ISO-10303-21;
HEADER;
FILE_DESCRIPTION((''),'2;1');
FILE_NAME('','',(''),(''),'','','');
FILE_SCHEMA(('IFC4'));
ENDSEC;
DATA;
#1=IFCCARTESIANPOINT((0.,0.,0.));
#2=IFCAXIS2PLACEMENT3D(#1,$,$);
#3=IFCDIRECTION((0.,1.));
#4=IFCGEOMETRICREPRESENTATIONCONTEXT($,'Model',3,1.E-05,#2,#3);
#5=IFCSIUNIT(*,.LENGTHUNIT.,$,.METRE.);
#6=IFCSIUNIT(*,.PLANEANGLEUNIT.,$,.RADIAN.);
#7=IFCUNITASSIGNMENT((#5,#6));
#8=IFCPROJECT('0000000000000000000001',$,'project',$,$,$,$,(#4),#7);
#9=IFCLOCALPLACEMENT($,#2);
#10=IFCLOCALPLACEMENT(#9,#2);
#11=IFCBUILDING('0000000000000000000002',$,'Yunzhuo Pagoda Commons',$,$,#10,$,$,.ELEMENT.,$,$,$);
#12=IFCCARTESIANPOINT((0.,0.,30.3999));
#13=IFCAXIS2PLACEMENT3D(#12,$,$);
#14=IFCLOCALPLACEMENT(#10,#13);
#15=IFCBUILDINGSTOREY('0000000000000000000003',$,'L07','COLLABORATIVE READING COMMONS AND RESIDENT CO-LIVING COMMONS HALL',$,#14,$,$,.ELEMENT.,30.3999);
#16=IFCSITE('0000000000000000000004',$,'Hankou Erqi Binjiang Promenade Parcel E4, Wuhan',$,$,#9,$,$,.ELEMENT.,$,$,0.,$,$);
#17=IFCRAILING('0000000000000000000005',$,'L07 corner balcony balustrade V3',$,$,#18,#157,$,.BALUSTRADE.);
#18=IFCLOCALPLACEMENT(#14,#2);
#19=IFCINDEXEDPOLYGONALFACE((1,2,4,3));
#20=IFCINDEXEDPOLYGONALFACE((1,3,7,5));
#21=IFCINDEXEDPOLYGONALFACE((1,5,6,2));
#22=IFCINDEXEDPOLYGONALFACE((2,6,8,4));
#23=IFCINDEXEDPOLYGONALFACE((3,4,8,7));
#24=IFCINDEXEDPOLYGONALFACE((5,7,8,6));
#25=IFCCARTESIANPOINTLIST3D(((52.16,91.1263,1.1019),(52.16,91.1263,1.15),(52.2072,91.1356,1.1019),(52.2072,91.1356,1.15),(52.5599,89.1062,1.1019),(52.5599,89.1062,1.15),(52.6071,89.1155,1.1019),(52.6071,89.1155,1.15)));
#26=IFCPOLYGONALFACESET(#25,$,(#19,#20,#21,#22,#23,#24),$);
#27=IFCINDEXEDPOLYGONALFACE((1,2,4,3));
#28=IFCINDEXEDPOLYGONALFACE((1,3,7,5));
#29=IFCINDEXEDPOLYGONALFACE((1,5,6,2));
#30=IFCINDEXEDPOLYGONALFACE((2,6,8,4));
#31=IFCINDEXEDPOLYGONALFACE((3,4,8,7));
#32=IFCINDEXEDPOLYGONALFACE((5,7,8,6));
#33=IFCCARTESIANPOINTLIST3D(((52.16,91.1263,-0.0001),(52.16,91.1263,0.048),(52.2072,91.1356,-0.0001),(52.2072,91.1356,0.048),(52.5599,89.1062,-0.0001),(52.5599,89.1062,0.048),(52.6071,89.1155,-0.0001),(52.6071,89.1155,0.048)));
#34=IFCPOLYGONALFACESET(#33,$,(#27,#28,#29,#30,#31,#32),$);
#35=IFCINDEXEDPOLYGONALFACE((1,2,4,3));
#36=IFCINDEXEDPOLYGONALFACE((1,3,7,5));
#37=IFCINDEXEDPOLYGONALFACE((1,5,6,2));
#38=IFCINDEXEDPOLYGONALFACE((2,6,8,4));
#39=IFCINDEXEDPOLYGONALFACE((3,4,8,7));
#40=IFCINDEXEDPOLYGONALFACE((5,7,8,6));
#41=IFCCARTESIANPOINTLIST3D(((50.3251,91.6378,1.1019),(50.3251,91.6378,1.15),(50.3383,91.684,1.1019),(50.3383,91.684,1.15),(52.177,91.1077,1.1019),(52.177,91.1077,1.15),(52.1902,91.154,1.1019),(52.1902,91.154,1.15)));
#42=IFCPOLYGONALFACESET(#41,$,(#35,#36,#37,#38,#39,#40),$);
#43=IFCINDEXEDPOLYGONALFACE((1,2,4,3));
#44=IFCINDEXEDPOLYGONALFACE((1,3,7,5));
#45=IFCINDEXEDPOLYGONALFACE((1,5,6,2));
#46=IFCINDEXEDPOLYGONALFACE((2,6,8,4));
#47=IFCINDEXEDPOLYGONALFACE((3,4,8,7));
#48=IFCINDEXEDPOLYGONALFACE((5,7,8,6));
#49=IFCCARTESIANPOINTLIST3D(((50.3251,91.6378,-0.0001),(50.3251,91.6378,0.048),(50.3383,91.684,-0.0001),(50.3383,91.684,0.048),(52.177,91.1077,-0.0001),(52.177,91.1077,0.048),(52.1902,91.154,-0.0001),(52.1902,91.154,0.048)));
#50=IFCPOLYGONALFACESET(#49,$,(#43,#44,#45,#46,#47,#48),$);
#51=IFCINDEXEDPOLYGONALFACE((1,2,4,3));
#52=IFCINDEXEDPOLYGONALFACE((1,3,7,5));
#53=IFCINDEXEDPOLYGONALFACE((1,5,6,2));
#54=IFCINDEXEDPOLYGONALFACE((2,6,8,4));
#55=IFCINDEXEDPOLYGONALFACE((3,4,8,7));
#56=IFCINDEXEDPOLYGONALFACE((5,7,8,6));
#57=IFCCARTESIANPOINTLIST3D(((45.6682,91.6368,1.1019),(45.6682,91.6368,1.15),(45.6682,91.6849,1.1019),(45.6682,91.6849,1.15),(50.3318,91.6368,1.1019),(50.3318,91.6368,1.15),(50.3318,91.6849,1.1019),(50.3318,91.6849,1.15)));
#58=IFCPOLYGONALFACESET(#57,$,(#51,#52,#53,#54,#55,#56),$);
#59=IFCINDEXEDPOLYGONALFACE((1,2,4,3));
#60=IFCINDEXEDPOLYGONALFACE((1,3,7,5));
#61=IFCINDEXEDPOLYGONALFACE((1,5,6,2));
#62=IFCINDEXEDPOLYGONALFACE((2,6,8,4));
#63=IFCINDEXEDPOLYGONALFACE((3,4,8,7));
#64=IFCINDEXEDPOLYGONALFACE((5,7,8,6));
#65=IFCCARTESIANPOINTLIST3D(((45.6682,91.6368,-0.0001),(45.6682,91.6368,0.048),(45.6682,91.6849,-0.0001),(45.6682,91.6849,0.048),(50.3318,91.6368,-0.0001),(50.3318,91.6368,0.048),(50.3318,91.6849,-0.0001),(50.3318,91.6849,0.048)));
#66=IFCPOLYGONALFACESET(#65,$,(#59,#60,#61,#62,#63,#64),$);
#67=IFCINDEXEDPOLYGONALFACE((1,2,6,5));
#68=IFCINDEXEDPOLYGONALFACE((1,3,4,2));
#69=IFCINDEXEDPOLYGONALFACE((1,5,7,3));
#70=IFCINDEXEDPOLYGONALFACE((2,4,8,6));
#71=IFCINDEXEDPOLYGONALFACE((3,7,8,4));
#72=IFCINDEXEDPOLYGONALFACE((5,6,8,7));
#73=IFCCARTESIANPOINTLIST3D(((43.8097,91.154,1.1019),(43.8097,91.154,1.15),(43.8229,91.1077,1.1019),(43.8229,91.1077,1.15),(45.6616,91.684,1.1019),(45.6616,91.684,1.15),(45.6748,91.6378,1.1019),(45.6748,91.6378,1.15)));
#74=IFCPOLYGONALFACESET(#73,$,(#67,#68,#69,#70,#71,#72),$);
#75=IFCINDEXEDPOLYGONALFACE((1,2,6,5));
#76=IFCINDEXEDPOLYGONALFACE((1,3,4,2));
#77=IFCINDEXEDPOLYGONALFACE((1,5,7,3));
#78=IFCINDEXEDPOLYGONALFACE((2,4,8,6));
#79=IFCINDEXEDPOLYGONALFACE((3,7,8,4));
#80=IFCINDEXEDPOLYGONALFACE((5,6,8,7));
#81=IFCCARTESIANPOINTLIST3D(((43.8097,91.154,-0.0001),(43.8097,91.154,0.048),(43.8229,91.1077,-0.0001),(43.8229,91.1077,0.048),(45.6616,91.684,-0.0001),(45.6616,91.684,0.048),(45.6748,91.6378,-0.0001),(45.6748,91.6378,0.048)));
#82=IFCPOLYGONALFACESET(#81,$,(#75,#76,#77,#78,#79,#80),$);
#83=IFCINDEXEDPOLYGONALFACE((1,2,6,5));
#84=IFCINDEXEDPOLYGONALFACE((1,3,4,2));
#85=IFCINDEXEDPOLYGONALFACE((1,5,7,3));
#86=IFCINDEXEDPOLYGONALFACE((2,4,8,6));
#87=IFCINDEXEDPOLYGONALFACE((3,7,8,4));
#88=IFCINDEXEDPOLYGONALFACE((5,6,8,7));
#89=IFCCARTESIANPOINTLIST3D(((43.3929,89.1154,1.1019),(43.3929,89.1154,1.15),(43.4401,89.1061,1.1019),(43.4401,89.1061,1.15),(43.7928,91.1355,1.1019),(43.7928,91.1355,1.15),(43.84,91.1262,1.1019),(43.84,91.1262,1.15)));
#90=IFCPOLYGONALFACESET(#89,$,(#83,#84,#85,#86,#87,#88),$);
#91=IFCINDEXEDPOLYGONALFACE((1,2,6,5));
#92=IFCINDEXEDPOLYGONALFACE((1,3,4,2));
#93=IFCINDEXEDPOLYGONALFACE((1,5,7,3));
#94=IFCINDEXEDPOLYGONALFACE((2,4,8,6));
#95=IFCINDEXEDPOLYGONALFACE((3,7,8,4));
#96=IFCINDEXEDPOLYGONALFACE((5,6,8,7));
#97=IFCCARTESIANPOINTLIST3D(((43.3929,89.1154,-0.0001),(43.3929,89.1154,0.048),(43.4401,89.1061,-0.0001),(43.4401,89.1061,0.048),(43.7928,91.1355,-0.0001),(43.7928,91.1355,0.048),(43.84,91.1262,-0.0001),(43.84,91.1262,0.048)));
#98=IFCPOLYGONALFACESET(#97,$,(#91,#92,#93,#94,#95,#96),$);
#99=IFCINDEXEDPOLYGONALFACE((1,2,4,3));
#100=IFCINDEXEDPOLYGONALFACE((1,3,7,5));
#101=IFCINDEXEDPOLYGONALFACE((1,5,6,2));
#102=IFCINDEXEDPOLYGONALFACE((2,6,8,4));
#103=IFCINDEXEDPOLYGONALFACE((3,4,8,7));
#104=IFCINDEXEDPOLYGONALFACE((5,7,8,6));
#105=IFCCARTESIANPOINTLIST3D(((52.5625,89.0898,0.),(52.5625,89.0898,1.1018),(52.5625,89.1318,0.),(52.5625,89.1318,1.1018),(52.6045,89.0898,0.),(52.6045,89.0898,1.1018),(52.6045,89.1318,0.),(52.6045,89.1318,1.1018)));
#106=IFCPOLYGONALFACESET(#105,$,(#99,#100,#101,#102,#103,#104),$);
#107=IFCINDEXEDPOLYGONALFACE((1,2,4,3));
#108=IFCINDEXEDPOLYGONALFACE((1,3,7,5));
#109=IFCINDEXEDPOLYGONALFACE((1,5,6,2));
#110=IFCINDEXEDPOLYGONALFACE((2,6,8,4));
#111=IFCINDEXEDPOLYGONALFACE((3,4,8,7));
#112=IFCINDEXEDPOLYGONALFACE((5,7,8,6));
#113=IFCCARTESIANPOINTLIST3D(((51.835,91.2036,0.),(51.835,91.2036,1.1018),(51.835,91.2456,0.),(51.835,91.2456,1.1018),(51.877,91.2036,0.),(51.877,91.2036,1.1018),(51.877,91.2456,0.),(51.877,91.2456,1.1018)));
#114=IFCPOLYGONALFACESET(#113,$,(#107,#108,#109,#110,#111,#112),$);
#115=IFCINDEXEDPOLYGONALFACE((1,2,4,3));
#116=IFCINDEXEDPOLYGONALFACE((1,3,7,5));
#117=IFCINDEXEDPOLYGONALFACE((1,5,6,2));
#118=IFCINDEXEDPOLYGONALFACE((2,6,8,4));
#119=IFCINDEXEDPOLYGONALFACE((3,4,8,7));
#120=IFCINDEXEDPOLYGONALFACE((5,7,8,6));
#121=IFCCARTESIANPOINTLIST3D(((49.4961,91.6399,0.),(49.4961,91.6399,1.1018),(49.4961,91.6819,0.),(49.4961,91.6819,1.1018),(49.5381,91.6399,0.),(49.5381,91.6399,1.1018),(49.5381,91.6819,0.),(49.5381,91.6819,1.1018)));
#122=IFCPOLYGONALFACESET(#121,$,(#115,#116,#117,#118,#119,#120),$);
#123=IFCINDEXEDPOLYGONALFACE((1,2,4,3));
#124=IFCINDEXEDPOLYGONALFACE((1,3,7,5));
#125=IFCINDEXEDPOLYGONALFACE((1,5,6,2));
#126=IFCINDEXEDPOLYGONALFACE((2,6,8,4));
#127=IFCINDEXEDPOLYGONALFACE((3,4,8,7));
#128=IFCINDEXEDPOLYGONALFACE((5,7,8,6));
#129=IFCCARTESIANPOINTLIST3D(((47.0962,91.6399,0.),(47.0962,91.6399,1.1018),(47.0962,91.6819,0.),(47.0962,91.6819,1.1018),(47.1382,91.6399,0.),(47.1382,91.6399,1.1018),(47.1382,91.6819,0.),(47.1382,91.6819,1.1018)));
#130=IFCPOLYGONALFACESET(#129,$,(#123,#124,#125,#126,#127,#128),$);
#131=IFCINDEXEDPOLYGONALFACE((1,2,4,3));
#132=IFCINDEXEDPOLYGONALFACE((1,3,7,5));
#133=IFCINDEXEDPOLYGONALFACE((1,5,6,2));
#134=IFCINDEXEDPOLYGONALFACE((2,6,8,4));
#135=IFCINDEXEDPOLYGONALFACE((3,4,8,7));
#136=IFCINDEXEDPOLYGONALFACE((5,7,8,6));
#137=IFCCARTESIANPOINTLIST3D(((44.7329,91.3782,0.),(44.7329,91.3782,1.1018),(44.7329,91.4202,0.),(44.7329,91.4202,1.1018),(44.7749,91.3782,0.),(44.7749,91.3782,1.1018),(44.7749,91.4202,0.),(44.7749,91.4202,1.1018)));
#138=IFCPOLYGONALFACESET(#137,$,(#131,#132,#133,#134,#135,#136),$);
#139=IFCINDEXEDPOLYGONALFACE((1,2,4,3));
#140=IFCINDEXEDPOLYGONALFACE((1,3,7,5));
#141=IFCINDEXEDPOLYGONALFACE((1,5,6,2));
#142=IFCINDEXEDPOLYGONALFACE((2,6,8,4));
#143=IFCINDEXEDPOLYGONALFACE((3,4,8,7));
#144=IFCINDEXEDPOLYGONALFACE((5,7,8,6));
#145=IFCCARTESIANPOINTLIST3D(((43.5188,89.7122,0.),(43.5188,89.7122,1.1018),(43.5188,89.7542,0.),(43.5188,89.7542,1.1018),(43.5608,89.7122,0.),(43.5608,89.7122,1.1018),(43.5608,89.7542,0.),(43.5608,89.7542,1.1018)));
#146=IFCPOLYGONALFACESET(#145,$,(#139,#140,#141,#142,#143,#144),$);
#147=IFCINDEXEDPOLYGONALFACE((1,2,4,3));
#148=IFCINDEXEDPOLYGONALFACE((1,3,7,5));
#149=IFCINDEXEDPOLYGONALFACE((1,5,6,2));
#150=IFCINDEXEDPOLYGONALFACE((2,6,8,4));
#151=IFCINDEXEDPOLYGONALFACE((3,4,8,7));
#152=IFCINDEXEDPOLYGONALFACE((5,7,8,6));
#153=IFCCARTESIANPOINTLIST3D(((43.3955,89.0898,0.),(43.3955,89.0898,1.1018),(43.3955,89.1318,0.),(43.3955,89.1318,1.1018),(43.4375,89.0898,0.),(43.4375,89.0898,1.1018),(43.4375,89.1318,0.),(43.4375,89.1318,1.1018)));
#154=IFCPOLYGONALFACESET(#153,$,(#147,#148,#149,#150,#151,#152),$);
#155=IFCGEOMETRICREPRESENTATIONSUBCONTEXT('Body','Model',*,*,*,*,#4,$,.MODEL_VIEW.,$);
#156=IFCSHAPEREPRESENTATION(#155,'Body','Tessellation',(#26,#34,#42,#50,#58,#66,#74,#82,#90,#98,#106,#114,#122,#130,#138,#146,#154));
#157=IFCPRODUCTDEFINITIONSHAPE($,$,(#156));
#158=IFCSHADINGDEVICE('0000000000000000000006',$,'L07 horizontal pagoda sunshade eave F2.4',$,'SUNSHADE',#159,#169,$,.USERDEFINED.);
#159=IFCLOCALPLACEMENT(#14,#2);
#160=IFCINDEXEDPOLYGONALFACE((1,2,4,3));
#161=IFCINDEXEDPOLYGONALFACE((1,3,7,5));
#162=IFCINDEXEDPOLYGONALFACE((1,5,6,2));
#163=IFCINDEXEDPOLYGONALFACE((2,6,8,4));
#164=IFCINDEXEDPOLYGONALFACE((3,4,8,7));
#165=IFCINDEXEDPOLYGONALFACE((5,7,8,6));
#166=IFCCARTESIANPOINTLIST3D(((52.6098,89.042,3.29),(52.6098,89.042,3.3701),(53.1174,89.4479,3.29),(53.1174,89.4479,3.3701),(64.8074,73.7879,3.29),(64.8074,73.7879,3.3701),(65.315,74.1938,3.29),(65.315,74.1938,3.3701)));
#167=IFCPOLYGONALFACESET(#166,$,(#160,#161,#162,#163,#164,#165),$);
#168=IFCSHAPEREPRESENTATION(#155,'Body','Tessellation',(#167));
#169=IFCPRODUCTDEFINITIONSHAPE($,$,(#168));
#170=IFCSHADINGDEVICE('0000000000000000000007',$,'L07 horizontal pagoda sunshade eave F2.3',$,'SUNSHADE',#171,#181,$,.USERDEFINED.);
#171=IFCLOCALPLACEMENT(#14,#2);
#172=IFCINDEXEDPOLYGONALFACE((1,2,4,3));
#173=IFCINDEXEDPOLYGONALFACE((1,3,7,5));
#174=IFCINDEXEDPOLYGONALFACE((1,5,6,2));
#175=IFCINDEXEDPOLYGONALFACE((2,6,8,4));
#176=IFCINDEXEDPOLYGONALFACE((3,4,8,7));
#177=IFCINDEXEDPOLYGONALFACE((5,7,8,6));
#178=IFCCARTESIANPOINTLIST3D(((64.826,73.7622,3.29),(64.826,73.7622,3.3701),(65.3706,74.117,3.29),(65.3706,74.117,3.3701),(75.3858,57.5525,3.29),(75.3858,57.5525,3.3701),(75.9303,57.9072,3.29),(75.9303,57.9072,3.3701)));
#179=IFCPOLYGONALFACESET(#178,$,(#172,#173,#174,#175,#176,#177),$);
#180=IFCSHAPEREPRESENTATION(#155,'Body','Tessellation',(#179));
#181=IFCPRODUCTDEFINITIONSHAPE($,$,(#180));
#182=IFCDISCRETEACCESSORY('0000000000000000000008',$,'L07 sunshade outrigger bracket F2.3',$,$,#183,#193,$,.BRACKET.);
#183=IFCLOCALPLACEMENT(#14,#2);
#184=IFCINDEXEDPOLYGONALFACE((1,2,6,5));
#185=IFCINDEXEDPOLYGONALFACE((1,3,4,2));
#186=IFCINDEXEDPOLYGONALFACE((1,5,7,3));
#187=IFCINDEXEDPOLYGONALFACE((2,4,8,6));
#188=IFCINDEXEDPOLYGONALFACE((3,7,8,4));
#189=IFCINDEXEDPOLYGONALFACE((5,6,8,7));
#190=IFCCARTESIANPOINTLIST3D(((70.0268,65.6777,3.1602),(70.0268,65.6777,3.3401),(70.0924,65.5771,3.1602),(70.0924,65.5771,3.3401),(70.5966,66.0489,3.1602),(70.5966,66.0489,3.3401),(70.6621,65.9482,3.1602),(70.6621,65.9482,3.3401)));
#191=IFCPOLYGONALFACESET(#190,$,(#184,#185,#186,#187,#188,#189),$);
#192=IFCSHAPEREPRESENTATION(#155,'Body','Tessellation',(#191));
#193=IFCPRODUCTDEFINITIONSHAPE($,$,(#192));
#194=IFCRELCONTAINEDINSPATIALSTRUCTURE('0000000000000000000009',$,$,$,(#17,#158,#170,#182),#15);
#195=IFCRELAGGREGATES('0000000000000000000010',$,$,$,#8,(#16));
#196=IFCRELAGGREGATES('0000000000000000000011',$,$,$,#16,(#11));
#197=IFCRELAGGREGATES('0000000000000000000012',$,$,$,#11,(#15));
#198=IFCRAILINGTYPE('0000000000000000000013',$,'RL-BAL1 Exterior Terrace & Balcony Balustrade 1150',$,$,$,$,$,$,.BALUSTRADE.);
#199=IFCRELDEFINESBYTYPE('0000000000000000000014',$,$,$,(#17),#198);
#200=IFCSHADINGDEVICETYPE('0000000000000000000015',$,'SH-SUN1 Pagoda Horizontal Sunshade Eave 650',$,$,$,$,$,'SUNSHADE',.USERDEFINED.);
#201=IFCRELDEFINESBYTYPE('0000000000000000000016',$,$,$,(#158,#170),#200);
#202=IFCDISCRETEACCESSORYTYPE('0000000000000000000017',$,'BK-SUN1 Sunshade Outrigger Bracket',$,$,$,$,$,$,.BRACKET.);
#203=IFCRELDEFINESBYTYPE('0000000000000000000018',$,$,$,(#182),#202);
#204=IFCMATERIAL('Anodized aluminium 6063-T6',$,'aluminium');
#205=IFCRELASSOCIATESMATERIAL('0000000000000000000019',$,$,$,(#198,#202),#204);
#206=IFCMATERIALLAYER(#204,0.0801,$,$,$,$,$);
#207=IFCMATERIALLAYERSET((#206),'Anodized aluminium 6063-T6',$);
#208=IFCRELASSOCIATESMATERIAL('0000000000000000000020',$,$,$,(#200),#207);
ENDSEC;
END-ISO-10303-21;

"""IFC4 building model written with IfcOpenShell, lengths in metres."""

from ifc_helpers import new_model, si_unit, direction, frame, origin, origin_2d, place, context, subcontext, project, spatial, rectangle, extrude, source, transform, mapped, material, layer, layer_set, type_object, element, save


model = new_model("IFC4")

# Units and contexts
model_context = context("Model", 3, precision=1e-05, world=origin(), true_north=direction((0.0, 1.0)))
body_context = subcontext(model_context, "Body", "Model", "MODEL_VIEW")
ifc_project = project(units=[si_unit("LENGTHUNIT", "METRE"), si_unit("PLANEANGLEUNIT", "RADIAN")], contexts=[model_context])

# Site, building, storey
site_placement = place(None, origin())
site = spatial("IfcSite", under=ifc_project, at=site_placement, Name="Hankou Erqi Binjiang Promenade Parcel E4, Wuhan", CompositionType="ELEMENT", RefElevation=0.0)
building_placement = place(site_placement, origin())
building = spatial("IfcBuilding", under=site, at=building_placement, Name="Yunzhuo Pagoda Commons", CompositionType="ELEMENT")
storey_placement = place(building_placement, frame((0.0, 0.0, 30.3999)))
storey = spatial("IfcBuildingStorey", under=building, at=storey_placement, Name="L07", Description="COLLABORATIVE READING COMMONS AND RESIDENT CO-LIVING COMMONS HALL", CompositionType="ELEMENT", Elevation=30.3999)

# Shared definitions
ifc_material_1 = material(Name="Anodized aluminium 6063-T6", Category="aluminium")

# Railing
railing_type = type_object("IfcRailingType", Name="RL-BAL1 Exterior Terrace & Balcony Balustrade 1150", PredefinedType="BALUSTRADE", material=ifc_material_1)
railing_placement = place(storey_placement, frame((52.5835, 89.1108, 0.0)))
element("IfcRailing", 1, at=railing_placement, inside=storey, type_object=railing_type, Name="L07 corner balcony balustrade V3", PredefinedType="BALUSTRADE", context=body_context, shape_type="SweptSolid", body=[
    extrude(rectangle(XDim=0.0481, YDim=0.0481, at=origin_2d()), frame((0.0, 0.0, 1.126), z_axis=(-0.194201, 0.980962, 0.0), x_axis=(-0.980962, -0.194201, 0.0)), (0.0, 0.0, 1.0), 2.0593),
    extrude(rectangle(XDim=0.0481, YDim=0.0481, at=origin_2d()), frame((0.0, 0.0, 0.0239), z_axis=(-0.194201, 0.980962, 0.0), x_axis=(-0.980962, -0.194201, 0.0)), (0.0, 0.0, 1.0), 2.0593),
    extrude(rectangle(XDim=0.0481, YDim=0.0481, at=origin_2d()), frame((-0.3999, 2.02, 1.126), z_axis=(-0.961395, 0.275173, 0.0), x_axis=(-0.275173, -0.961395, 0.0)), (0.0, 0.0, 1.0), 1.9263),
    extrude(rectangle(XDim=0.0481, YDim=0.0481, at=origin_2d()), frame((-0.3999, 2.02, 0.0239), z_axis=(-0.961395, 0.275173, 0.0), x_axis=(-0.275173, -0.961395, 0.0)), (0.0, 0.0, 1.0), 1.9263),
    extrude(rectangle(XDim=0.0481, YDim=0.0481, at=origin_2d()), frame((-2.2517, 2.55, 1.126), z_axis=(-1.0, 0.0, 0.0), x_axis=(0.0, -1.0, 0.0)), (0.0, 0.0, 1.0), 4.6636),
    extrude(rectangle(XDim=0.0481, YDim=0.0481, at=origin_2d()), frame((-2.2517, 2.55, 0.0239), z_axis=(-1.0, 0.0, 0.0), x_axis=(0.0, -1.0, 0.0)), (0.0, 0.0, 1.0), 4.6636),
    extrude(rectangle(XDim=0.0481, YDim=0.0481, at=origin_2d()), frame((-6.9153, 2.55, 1.126), z_axis=(-0.961395, -0.275173, 0.0), x_axis=(0.275173, -0.961395, 0.0)), (0.0, 0.0, 1.0), 1.9263),
    extrude(rectangle(XDim=0.0481, YDim=0.0481, at=origin_2d()), frame((-6.9153, 2.55, 0.0239), z_axis=(-0.961395, -0.275173, 0.0), x_axis=(0.275173, -0.961395, 0.0)), (0.0, 0.0, 1.0), 1.9263),
    extrude(rectangle(XDim=0.0481, YDim=0.0481, at=origin_2d()), frame((-8.7671, 2.02, 1.126), z_axis=(-0.194201, -0.980962, 0.0), x_axis=(0.980962, -0.194201, 0.0)), (0.0, 0.0, 1.0), 2.0593),
    extrude(rectangle(XDim=0.0481, YDim=0.0481, at=origin_2d()), frame((-8.7671, 2.02, 0.0239), z_axis=(-0.194201, -0.980962, 0.0), x_axis=(0.980962, -0.194201, 0.0)), (0.0, 0.0, 1.0), 2.0593),
    extrude(rectangle(XDim=0.042, YDim=0.042, at=origin_2d()), origin(), (0.0, 0.0, 1.0), 1.1018),
    extrude(rectangle(XDim=0.042, YDim=0.042, at=origin_2d()), frame((-0.7275, 2.1138, 0.0)), (0.0, 0.0, 1.0), 1.1018),
    extrude(rectangle(XDim=0.042, YDim=0.042, at=origin_2d()), frame((-3.0664, 2.55, 0.0)), (0.0, 0.0, 1.0), 1.1018),
    extrude(rectangle(XDim=0.042, YDim=0.042, at=origin_2d()), frame((-5.4663, 2.55, 0.0)), (0.0, 0.0, 1.0), 1.1018),
    extrude(rectangle(XDim=0.042, YDim=0.042, at=origin_2d()), frame((-7.8296, 2.2883, 0.0)), (0.0, 0.0, 1.0), 1.1018),
    extrude(rectangle(XDim=0.042, YDim=0.042, at=origin_2d()), frame((-9.0437, 0.6223, 0.0)), (0.0, 0.0, 1.0), 1.1018),
    extrude(rectangle(XDim=0.042, YDim=0.042, at=origin_2d()), frame((-9.167, 0.0, 0.0)), (0.0, 0.0, 1.0), 1.1018),
])

# Shading devices
ifc_layer_1 = layer(ifc_material_1, 0.0801)
ifc_layer_set_1 = layer_set([ifc_layer_1], Name="Anodized aluminium 6063-T6")
shading_device_type = type_object("IfcShadingDeviceType", Name="SH-SUN1 Pagoda Horizontal Sunshade Eave 650", ElementType="SUNSHADE", PredefinedType="USERDEFINED", material=ifc_layer_set_1)
shared_shape_1 = source(origin(), body_context, "Body", "SweptSolid", [
    extrude(rectangle(XDim=19.5312, YDim=0.6499, at=origin_2d()), origin(), (0.0, 0.0, 1.0), 0.0801),
])
shading_device_1_placement = place(storey_placement, frame((58.9624, 81.6179, 3.29), z_axis=(0.0, 0.0, 1.0), x_axis=(-0.62452, 0.781008, 0.0)))
element("IfcShadingDevice", 2, at=shading_device_1_placement, inside=storey, type_object=shading_device_type, Name="L07 horizontal pagoda sunshade eave F2.4", ObjectType="SUNSHADE", PredefinedType="USERDEFINED", context=body_context, shape_type="MappedRepresentation", body=[
    mapped(shared_shape_1, transform((0.0, 0.0, 0.0), scale=1.0)),
])
shared_shape_2 = source(origin(), body_context, "Body", "SweptSolid", [
    extrude(rectangle(XDim=19.3459, YDim=0.6499, at=origin_2d()), origin(), (0.0, 0.0, 1.0), 0.0801),
])
shading_device_2_placement = place(storey_placement, frame((70.3782, 65.8347, 3.29), z_axis=(0.0, 0.0, 1.0), x_axis=(-0.545839, 0.83789, 0.0)))
element("IfcShadingDevice", 3, at=shading_device_2_placement, inside=storey, type_object=shading_device_type, Name="L07 horizontal pagoda sunshade eave F2.3", ObjectType="SUNSHADE", PredefinedType="USERDEFINED", context=body_context, shape_type="MappedRepresentation", body=[
    mapped(shared_shape_2, transform((0.0, 0.0, 0.0), scale=1.0)),
])

# Discrete accessory
discrete_accessory_type = type_object("IfcDiscreteAccessoryType", Name="BK-SUN1 Sunshade Outrigger Bracket", PredefinedType="BRACKET", material=ifc_material_1)
shared_shape_3 = source(origin(), body_context, "Body", "SweptSolid", [
    extrude(rectangle(XDim=0.1201, YDim=0.6799, at=origin_2d()), origin(), (0.0, 0.0, 1.0), 0.1799),
])
discrete_accessory_placement = place(storey_placement, frame((70.3445, 65.813, 3.1602), z_axis=(0.0, 0.0, 1.0), x_axis=(-0.545839, 0.83789, 0.0)))
element("IfcDiscreteAccessory", 4, at=discrete_accessory_placement, inside=storey, type_object=discrete_accessory_type, Name="L07 sunshade outrigger bracket F2.3", PredefinedType="BRACKET", context=body_context, shape_type="MappedRepresentation", body=[
    mapped(shared_shape_3, transform((0.0, 0.0, 0.0), scale=1.0)),
])

save(model, "model.ifc")
